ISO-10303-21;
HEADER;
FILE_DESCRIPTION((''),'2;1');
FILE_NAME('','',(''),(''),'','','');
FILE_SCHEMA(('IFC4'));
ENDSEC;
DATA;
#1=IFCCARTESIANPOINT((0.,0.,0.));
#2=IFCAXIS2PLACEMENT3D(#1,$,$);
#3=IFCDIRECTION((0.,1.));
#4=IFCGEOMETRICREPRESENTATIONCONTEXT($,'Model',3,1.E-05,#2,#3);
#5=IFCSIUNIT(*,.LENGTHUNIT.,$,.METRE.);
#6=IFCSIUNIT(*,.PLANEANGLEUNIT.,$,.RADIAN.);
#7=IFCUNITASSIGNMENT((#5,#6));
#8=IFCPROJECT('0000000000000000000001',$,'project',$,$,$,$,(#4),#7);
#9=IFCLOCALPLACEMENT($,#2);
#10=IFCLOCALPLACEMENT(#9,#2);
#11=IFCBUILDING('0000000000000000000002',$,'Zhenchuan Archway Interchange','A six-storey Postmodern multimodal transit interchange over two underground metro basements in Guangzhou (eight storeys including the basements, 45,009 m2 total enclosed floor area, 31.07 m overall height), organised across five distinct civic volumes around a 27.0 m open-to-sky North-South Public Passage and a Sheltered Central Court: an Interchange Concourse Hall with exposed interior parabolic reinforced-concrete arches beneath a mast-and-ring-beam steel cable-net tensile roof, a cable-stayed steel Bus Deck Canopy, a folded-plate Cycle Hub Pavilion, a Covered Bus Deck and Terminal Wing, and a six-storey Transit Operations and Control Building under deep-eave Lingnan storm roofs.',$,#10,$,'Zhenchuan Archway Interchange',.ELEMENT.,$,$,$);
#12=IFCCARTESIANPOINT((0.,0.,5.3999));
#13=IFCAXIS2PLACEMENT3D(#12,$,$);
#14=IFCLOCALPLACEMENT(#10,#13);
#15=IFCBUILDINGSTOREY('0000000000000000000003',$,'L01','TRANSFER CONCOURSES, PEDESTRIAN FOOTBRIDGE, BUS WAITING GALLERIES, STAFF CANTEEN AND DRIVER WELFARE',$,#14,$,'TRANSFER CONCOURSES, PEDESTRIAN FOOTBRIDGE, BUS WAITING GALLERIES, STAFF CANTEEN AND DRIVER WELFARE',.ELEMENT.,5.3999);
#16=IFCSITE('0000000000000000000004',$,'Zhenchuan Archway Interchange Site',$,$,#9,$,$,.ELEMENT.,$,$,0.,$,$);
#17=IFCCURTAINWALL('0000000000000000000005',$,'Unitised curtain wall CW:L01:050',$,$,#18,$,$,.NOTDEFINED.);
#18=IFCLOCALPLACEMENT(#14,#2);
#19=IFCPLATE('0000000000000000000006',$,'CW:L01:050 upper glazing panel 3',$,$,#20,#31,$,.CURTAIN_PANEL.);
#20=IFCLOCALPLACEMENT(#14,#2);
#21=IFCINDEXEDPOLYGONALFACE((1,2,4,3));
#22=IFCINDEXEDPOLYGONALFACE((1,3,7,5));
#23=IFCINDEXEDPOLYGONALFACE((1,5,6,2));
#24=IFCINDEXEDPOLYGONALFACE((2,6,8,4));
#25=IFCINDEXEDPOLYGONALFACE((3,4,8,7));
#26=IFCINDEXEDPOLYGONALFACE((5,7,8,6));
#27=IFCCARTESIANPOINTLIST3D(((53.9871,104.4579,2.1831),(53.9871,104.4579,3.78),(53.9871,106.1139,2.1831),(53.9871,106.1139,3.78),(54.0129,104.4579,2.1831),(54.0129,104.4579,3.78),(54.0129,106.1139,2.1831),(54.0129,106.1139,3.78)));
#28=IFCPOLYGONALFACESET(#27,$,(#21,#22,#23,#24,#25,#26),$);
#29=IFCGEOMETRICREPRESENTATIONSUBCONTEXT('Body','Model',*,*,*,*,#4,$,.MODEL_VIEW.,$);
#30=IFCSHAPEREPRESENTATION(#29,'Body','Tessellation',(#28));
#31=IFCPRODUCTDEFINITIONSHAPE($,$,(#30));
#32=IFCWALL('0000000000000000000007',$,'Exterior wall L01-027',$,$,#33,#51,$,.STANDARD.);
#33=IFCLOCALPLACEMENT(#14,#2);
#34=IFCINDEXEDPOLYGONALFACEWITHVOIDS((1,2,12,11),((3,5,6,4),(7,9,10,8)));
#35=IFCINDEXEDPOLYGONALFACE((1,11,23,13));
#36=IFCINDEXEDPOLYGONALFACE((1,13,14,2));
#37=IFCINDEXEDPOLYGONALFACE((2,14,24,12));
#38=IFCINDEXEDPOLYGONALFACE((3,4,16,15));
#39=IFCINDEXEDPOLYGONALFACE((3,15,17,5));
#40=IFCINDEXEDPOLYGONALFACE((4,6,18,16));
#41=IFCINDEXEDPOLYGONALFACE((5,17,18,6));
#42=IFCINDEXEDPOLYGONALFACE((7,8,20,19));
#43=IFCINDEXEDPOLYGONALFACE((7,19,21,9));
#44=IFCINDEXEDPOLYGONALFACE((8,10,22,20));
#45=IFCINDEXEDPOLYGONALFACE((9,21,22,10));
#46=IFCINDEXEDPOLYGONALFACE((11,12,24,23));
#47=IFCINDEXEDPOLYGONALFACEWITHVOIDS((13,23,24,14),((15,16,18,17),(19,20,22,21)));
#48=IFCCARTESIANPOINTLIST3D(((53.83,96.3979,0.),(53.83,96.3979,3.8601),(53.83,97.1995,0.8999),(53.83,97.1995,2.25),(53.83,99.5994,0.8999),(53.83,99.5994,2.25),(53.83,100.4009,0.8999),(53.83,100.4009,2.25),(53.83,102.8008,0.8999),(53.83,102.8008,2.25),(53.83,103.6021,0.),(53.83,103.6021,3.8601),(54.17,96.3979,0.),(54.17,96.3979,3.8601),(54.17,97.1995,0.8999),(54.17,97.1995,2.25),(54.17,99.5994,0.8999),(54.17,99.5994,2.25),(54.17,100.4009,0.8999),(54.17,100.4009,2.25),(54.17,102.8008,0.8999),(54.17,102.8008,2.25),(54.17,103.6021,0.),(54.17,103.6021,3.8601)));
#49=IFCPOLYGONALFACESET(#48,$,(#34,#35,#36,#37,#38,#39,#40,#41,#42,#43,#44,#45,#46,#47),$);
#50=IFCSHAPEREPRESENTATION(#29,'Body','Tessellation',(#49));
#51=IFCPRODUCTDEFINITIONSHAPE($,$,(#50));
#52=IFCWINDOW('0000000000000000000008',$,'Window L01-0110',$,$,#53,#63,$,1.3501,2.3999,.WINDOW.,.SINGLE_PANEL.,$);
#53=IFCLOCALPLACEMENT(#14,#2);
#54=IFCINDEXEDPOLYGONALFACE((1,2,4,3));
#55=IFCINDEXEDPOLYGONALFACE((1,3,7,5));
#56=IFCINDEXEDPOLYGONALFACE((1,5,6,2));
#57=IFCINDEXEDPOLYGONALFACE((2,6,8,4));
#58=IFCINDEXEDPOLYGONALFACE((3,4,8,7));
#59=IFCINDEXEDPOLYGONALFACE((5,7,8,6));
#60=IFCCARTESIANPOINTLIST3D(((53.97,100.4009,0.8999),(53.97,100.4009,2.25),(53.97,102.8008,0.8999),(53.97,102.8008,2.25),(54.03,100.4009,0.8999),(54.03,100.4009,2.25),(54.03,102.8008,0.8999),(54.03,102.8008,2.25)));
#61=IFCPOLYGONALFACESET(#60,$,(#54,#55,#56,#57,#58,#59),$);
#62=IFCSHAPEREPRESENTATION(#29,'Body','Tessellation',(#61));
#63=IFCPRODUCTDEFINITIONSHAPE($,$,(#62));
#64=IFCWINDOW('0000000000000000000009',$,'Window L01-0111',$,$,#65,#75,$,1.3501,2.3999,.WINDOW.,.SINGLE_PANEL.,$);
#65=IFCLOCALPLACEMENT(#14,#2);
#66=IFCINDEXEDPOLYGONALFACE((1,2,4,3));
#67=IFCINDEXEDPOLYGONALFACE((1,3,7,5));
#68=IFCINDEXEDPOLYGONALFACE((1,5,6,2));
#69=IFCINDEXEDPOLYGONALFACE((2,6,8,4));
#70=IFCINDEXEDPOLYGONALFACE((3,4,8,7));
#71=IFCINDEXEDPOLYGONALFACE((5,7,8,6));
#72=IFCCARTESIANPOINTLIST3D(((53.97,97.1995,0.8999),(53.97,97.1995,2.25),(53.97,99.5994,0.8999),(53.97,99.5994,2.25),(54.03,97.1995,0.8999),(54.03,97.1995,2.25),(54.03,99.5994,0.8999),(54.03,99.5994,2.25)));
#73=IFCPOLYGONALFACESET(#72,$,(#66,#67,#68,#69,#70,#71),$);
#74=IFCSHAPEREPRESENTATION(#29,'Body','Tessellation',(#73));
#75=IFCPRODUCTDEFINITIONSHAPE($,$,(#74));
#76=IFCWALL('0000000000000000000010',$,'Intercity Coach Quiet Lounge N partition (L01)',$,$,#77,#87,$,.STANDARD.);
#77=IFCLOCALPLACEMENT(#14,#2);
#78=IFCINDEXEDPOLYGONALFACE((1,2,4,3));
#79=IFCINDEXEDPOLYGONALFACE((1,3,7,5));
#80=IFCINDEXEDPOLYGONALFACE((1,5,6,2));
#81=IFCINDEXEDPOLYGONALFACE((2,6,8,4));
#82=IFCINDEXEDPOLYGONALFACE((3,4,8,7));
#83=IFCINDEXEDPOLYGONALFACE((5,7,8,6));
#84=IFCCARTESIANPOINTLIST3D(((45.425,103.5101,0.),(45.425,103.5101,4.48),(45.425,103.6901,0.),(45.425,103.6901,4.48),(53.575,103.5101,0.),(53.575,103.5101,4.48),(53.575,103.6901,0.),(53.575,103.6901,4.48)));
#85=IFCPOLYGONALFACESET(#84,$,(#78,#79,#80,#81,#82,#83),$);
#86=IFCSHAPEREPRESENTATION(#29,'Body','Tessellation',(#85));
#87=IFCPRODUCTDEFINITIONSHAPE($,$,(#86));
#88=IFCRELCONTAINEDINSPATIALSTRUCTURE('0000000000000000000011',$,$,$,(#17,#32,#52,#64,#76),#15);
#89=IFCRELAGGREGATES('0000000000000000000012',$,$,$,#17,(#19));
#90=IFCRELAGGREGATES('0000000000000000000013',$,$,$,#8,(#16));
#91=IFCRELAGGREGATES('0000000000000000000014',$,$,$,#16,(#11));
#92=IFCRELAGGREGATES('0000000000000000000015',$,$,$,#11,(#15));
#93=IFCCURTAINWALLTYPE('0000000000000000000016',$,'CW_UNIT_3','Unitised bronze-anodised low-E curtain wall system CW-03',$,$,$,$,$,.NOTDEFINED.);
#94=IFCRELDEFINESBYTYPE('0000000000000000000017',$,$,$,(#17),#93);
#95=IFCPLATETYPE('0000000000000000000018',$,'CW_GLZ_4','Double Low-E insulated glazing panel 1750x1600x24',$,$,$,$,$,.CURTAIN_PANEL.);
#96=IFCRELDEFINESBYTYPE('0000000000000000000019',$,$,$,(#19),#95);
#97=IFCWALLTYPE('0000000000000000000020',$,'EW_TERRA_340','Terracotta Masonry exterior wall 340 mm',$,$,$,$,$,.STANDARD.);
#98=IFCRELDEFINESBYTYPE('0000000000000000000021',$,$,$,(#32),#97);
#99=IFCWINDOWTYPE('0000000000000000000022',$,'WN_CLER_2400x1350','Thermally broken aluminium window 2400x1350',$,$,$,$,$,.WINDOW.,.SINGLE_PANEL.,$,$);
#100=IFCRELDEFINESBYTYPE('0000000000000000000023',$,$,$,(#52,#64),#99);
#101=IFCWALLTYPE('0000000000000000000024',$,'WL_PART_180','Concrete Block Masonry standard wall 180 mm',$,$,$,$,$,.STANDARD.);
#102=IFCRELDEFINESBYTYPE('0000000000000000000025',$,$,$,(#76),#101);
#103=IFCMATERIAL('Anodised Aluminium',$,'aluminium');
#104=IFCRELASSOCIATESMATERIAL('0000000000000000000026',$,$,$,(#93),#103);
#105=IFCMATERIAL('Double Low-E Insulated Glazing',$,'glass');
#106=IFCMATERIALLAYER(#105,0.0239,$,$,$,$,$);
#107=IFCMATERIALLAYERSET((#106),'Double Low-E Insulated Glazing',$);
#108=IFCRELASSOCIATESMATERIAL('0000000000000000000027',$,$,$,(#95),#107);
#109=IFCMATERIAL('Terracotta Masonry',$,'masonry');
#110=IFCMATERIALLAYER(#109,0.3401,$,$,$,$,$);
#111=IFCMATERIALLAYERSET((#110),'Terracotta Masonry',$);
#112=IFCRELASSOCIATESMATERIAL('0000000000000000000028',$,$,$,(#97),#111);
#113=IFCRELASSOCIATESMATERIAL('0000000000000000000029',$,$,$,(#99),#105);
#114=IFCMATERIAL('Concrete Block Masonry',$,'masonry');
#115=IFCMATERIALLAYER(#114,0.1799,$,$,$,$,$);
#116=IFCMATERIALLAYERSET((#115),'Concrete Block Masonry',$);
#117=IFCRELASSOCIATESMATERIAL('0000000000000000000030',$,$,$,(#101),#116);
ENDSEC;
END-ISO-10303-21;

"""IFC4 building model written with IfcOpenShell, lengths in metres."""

from ifc_helpers import new_model, si_unit, direction, frame, frame_2d, origin, origin_2d, place, context, subcontext, project, spatial, rectangle, extrude, material, layer, layer_set, type_object, element, fill, aggregate, save


model = new_model("IFC4")

# Units and contexts
model_context = context("Model", 3, precision=1e-05, world=origin(), true_north=direction((0.0, 1.0)))
body_context = subcontext(model_context, "Body", "Model", "MODEL_VIEW")
ifc_project = project(units=[si_unit("LENGTHUNIT", "METRE"), si_unit("PLANEANGLEUNIT", "RADIAN")], contexts=[model_context])

# Site, building, storey
site_placement = place(None, origin())
site = spatial("IfcSite", under=ifc_project, at=site_placement, Name="Zhenchuan Archway Interchange Site", CompositionType="ELEMENT", RefElevation=0.0)
building_placement = place(site_placement, origin())
building = spatial("IfcBuilding", under=site, at=building_placement, Name="Zhenchuan Archway Interchange", Description="A six-storey Postmodern multimodal transit interchange over two underground metro basements in Guangzhou (eight storeys including the basements, 45,009 m2 total enclosed floor area, 31.07 m overall height), organised across five distinct civic volumes around a 27.0 m open-to-sky North-South Public Passage and a Sheltered Central Court: an Interchange Concourse Hall with exposed interior parabolic reinforced-concrete arches beneath a mast-and-ring-beam steel cable-net tensile roof, a cable-stayed steel Bus Deck Canopy, a folded-plate Cycle Hub Pavilion, a Covered Bus Deck and Terminal Wing, and a six-storey Transit Operations and Control Building under deep-eave Lingnan storm roofs.", LongName="Zhenchuan Archway Interchange", CompositionType="ELEMENT")
storey_placement = place(building_placement, frame((0.0, 0.0, 5.3999)))
storey = spatial("IfcBuildingStorey", under=building, at=storey_placement, Name="L01", Description="TRANSFER CONCOURSES, PEDESTRIAN FOOTBRIDGE, BUS WAITING GALLERIES, STAFF CANTEEN AND DRIVER WELFARE", LongName="TRANSFER CONCOURSES, PEDESTRIAN FOOTBRIDGE, BUS WAITING GALLERIES, STAFF CANTEEN AND DRIVER WELFARE", CompositionType="ELEMENT", Elevation=5.3999)

# Curtain wall
ifc_material_1 = material(Name="Anodised Aluminium", Category="aluminium")
curtain_wall_type = type_object("IfcCurtainWallType", Name="CW_UNIT_3", Description="Unitised bronze-anodised low-E curtain wall system CW-03", PredefinedType="NOTDEFINED", material=ifc_material_1)
curtain_wall_placement = place(storey_placement, origin())
curtain_wall = element("IfcCurtainWall", 1, at=curtain_wall_placement, inside=storey, type_object=curtain_wall_type, Name="Unitised curtain wall CW:L01:050", PredefinedType="NOTDEFINED")

# Plate
ifc_material_2 = material(Name="Double Low-E Insulated Glazing", Category="glass")
ifc_layer_1 = layer(ifc_material_2, 0.0239)
ifc_layer_set_1 = layer_set([ifc_layer_1], Name="Double Low-E Insulated Glazing")
plate_type_1 = type_object("IfcPlateType", Name="CW_GLZ_4", Description="Double Low-E insulated glazing panel 1750x1600x24", PredefinedType="CURTAIN_PANEL", material=ifc_layer_set_1)
plate_1_placement = place(storey_placement, frame((54.0, 105.2859, 2.1831), z_axis=(0.0, 0.0, 1.0), x_axis=(0.0, -1.0, 0.0)))
plate_1 = element("IfcPlate", 2, at=plate_1_placement, type_object=plate_type_1, Name="CW:L01:050 upper glazing panel 3", PredefinedType="CURTAIN_PANEL", context=body_context, shape_type="SweptSolid", body=[
    extrude(rectangle(XDim=1.656, YDim=0.0259, at=origin_2d()), origin(), (0.0, 0.0, 1.0), 1.5969),
])
aggregate(curtain_wall, [plate_1])

# Wall, openings, windows
ifc_material_3 = material(Name="Terracotta Masonry", Category="masonry")
ifc_layer_2 = layer(ifc_material_3, 0.3401)
ifc_layer_set_2 = layer_set([ifc_layer_2], Name="Terracotta Masonry")
wall_type_1 = type_object("IfcWallType", Name="EW_TERRA_340", Description="Terracotta Masonry exterior wall 340 mm", PredefinedType="STANDARD", material=ifc_layer_set_2)
wall_1_placement = place(storey_placement, frame((54.0, 103.6021, 0.0), z_axis=(0.0, 0.0, 1.0), x_axis=(0.0, -1.0, 0.0)))
wall_1 = element("IfcWall", 3, at=wall_1_placement, inside=storey, type_object=wall_type_1, Name="Exterior wall L01-027", PredefinedType="STANDARD", context=body_context, shape_type="SweptSolid", body=[
    extrude(rectangle(XDim=7.2041, YDim=0.3401, at=frame_2d((3.6021, 0.0))), origin(), (0.0, 0.0, 1.0), 3.8601),
])
opening_1_placement = place(wall_1_placement, frame((0.8013, 0.0, 0.8999)))
opening_1 = element("IfcOpeningElement", 4, at=opening_1_placement, cuts=wall_1, PredefinedType="OPENING", context=body_context, shape_type="SweptSolid", body=[
    extrude(rectangle(XDim=2.3999, YDim=1.3501, at=frame_2d((1.2, 0.675))), frame((0.0, 0.1821, 0.0), z_axis=(0.0, -1.0, 0.0), x_axis=(1.0, 0.0, 0.0)), (0.0, 0.0, 1.0), 0.364),
])
opening_2_placement = place(wall_1_placement, frame((4.0027, 0.0, 0.8999)))
opening_2 = element("IfcOpeningElement", 5, at=opening_2_placement, cuts=wall_1, PredefinedType="OPENING", context=body_context, shape_type="SweptSolid", body=[
    extrude(rectangle(XDim=2.3999, YDim=1.3501, at=frame_2d((1.2, 0.675))), frame((0.0, 0.1821, 0.0), z_axis=(0.0, -1.0, 0.0), x_axis=(1.0, 0.0, 0.0)), (0.0, 0.0, 1.0), 0.364),
])
window_type = type_object("IfcWindowType", Name="WN_CLER_2400x1350", Description="Thermally broken aluminium window 2400x1350", PartitioningType="SINGLE_PANEL", PredefinedType="WINDOW", material=ifc_material_2)
window_1_placement = place(opening_1_placement, origin())
window_1 = element("IfcWindow", 6, at=window_1_placement, inside=storey, type_object=window_type, Name="Window L01-0110", OverallHeight=1.3501, OverallWidth=2.3999, PartitioningType="SINGLE_PANEL", PredefinedType="WINDOW", context=body_context, shape_type="SweptSolid", body=[
    extrude(rectangle(XDim=2.3999, YDim=1.3501, at=frame_2d((1.2, 0.675))), frame((0.0, 0.03, 0.0), z_axis=(0.0, -1.0, 0.0), x_axis=(1.0, 0.0, 0.0)), (0.0, 0.0, 1.0), 0.0601),
])
fill(opening_1, window_1)
window_2_placement = place(opening_2_placement, origin())
window_2 = element("IfcWindow", 7, at=window_2_placement, inside=storey, type_object=window_type, Name="Window L01-0111", OverallHeight=1.3501, OverallWidth=2.3999, PartitioningType="SINGLE_PANEL", PredefinedType="WINDOW", context=body_context, shape_type="SweptSolid", body=[
    extrude(rectangle(XDim=2.3999, YDim=1.3501, at=frame_2d((1.2, 0.675))), frame((0.0, 0.03, 0.0), z_axis=(0.0, -1.0, 0.0), x_axis=(1.0, 0.0, 0.0)), (0.0, 0.0, 1.0), 0.0601),
])
fill(opening_2, window_2)

# Wall
ifc_material_4 = material(Name="Concrete Block Masonry", Category="masonry")
ifc_layer_3 = layer(ifc_material_4, 0.1799)
ifc_layer_set_3 = layer_set([ifc_layer_3], Name="Concrete Block Masonry")
wall_type_2 = type_object("IfcWallType", Name="WL_PART_180", Description="Concrete Block Masonry standard wall 180 mm", PredefinedType="STANDARD", material=ifc_layer_set_3)
wall_2_placement = place(storey_placement, frame((45.425, 103.6001, 0.0), z_axis=(0.0, 0.0, 1.0), x_axis=(1.0, 0.0, 0.0)))
element("IfcWall", 8, at=wall_2_placement, inside=storey, type_object=wall_type_2, Name="Intercity Coach Quiet Lounge N partition (L01)", PredefinedType="STANDARD", context=body_context, shape_type="SweptSolid", body=[
    extrude(rectangle(XDim=8.1499, YDim=0.1799, at=frame_2d((4.075, 0.0))), origin(), (0.0, 0.0, 1.0), 4.48),
])

save(model, "model.ifc")
